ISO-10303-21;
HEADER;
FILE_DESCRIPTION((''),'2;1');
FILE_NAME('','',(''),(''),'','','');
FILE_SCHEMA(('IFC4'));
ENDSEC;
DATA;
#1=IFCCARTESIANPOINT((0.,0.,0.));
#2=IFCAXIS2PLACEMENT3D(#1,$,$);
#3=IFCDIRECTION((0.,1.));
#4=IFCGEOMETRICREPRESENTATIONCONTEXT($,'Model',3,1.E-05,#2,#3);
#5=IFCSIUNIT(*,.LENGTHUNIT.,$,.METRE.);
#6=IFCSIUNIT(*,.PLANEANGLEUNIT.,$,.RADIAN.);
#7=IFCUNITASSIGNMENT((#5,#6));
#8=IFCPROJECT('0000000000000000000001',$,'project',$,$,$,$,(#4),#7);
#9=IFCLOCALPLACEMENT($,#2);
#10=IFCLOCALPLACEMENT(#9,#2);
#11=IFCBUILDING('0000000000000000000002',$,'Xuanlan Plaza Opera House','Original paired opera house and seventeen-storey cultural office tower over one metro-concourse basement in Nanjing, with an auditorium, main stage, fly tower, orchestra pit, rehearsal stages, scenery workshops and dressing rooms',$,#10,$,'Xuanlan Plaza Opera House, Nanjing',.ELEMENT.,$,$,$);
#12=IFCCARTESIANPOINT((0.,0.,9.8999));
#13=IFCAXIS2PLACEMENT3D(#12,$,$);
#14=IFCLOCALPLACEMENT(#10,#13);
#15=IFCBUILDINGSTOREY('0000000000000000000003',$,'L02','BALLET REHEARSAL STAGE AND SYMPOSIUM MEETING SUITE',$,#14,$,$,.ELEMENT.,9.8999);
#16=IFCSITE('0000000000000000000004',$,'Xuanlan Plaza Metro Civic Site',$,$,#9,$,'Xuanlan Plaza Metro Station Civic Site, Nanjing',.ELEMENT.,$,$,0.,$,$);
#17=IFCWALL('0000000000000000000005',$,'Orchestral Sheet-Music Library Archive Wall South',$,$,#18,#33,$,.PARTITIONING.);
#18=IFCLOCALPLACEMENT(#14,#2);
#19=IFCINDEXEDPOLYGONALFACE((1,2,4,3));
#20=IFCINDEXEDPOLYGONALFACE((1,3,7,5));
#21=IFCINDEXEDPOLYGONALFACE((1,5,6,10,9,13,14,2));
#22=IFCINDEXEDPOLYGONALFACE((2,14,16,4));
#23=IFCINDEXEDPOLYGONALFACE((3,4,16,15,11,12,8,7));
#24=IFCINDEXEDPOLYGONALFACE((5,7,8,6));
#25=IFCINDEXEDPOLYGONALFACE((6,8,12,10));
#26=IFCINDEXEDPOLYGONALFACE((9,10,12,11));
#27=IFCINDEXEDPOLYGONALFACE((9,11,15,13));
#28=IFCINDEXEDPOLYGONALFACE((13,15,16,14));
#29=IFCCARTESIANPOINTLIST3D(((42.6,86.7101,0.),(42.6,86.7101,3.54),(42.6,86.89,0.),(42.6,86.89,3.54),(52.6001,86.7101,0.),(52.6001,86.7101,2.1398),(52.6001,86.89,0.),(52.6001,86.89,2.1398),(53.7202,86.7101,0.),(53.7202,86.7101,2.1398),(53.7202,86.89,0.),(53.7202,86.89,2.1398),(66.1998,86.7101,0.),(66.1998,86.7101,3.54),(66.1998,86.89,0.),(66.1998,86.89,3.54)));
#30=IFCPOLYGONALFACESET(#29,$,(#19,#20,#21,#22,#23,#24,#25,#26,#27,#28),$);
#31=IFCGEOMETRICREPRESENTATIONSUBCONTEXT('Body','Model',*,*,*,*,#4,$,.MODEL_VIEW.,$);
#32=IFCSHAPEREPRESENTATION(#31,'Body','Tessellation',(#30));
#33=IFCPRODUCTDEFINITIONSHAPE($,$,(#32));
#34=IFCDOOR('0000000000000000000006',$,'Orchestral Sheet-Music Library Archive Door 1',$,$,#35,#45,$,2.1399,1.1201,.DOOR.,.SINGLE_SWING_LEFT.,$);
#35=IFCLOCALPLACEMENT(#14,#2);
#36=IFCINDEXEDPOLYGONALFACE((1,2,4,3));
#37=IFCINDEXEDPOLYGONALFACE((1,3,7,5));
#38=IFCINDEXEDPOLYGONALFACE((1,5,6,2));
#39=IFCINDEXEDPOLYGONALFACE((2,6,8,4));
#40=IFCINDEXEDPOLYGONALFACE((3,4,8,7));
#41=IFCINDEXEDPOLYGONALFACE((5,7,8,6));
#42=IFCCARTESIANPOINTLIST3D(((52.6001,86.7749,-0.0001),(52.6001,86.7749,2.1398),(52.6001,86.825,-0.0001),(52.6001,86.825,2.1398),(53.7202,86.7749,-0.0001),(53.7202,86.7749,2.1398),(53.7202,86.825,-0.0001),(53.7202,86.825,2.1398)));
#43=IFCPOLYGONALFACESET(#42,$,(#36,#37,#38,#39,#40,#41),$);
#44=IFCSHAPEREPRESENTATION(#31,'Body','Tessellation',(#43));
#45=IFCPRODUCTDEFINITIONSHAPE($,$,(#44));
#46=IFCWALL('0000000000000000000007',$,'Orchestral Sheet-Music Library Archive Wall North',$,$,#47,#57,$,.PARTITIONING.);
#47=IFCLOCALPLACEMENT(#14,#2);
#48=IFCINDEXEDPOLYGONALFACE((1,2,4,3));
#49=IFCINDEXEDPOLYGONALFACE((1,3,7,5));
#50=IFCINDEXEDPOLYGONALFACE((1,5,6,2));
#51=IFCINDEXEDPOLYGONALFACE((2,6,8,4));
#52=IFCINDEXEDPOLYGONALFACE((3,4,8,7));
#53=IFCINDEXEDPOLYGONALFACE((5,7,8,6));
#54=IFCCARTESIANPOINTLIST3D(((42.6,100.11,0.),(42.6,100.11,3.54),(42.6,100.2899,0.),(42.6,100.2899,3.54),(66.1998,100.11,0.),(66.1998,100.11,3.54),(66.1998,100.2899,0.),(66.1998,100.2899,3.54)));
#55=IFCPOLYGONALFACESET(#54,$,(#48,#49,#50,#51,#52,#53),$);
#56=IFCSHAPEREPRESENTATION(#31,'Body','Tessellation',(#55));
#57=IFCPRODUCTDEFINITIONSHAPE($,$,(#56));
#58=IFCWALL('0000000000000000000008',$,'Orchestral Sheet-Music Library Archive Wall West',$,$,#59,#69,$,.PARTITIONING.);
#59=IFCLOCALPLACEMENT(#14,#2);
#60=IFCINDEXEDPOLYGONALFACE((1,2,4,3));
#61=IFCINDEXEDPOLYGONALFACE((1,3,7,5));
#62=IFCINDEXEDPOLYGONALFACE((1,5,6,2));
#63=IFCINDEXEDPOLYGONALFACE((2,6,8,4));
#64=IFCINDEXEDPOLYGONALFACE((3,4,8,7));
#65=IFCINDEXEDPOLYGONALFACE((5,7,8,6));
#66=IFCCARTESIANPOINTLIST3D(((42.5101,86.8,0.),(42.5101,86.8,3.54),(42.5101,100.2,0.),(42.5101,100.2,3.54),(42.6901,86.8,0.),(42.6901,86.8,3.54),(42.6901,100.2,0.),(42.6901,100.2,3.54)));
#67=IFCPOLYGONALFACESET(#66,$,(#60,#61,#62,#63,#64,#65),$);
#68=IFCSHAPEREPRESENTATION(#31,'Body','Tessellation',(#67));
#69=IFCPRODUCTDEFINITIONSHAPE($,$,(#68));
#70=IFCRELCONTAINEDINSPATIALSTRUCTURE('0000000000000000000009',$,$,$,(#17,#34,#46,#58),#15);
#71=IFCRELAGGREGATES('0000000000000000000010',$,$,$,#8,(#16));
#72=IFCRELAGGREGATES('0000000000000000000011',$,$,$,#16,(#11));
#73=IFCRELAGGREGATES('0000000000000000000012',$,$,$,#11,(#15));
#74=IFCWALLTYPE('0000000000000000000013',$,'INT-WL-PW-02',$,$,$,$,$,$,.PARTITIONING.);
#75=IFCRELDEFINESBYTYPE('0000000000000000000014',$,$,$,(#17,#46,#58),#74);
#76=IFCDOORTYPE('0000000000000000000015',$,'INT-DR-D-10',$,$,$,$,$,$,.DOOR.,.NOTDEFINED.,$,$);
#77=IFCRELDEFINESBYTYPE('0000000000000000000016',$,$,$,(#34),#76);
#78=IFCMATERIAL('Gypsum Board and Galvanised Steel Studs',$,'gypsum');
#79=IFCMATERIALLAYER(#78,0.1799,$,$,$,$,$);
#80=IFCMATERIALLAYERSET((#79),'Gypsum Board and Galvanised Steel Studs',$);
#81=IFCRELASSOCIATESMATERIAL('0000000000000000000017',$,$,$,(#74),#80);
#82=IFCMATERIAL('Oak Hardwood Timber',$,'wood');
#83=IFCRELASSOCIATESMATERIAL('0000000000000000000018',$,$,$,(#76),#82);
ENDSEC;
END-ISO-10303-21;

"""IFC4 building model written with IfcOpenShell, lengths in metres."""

from ifc_helpers import new_model, si_unit, direction, frame, frame_2d, origin, place, context, subcontext, project, spatial, rectangle, extrude, material, layer, layer_set, type_object, element, fill, save


model = new_model("IFC4")

# Units and contexts
model_context = context("Model", 3, precision=1e-05, world=origin(), true_north=direction((0.0, 1.0)))
body_context = subcontext(model_context, "Body", "Model", "MODEL_VIEW")
ifc_project = project(units=[si_unit("LENGTHUNIT", "METRE"), si_unit("PLANEANGLEUNIT", "RADIAN")], contexts=[model_context])

# Site, building, storey
site_placement = place(None, origin())
site = spatial("IfcSite", under=ifc_project, at=site_placement, Name="Xuanlan Plaza Metro Civic Site", LongName="Xuanlan Plaza Metro Station Civic Site, Nanjing", CompositionType="ELEMENT", RefElevation=0.0)
building_placement = place(site_placement, origin())
building = spatial("IfcBuilding", under=site, at=building_placement, Name="Xuanlan Plaza Opera House", Description="Original paired opera house and seventeen-storey cultural office tower over one metro-concourse basement in Nanjing, with an auditorium, main stage, fly tower, orchestra pit, rehearsal stages, scenery workshops and dressing rooms", LongName="Xuanlan Plaza Opera House, Nanjing", CompositionType="ELEMENT")
storey_placement = place(building_placement, frame((0.0, 0.0, 9.8999)))
storey = spatial("IfcBuildingStorey", under=building, at=storey_placement, Name="L02", Description="BALLET REHEARSAL STAGE AND SYMPOSIUM MEETING SUITE", CompositionType="ELEMENT", Elevation=9.8999)

# Shared definitions
ifc_material_1 = material(Name="Gypsum Board and Galvanised Steel Studs", Category="gypsum")
ifc_layer_1 = layer(ifc_material_1, 0.1799)
ifc_layer_set_1 = layer_set([ifc_layer_1], Name="Gypsum Board and Galvanised Steel Studs")
wall_type = type_object("IfcWallType", Name="INT-WL-PW-02", PredefinedType="PARTITIONING", material=ifc_layer_set_1)

# Wall, opening, door
wall_1_placement = place(storey_placement, frame((42.6001, 86.8, 0.0), z_axis=(0.0, 0.0, 1.0), x_axis=(1.0, 0.0, 0.0)))
wall_1 = element("IfcWall", 1, at=wall_1_placement, inside=storey, type_object=wall_type, Name="Orchestral Sheet-Music Library Archive Wall South", PredefinedType="PARTITIONING", context=body_context, shape_type="SweptSolid", body=[
    extrude(rectangle(XDim=23.5999, YDim=0.1799, at=frame_2d((11.7998, 0.0))), origin(), (0.0, 0.0, 1.0), 3.54),
])
opening_1_placement = place(wall_1_placement, frame((10.0, 0.0, 0.0)))
opening_1 = element("IfcOpeningElement", 2, at=opening_1_placement, cuts=wall_1, PredefinedType="OPENING", context=body_context, shape_type="SweptSolid", body=[
    extrude(rectangle(XDim=1.1201, YDim=2.1399, at=frame_2d((0.5601, 1.0698))), frame((0.0, 0.0999, 0.0), z_axis=(0.0, -1.0, 0.0), x_axis=(1.0, 0.0, 0.0)), (0.0, 0.0, 1.0), 0.2),
])
ifc_material_2 = material(Name="Oak Hardwood Timber", Category="wood")
door_type_1 = type_object("IfcDoorType", Name="INT-DR-D-10", OperationType="NOTDEFINED", PredefinedType="DOOR", material=ifc_material_2)
door_1_placement = place(opening_1_placement, origin())
door_1 = element("IfcDoor", 3, at=door_1_placement, inside=storey, type_object=door_type_1, Name="Orchestral Sheet-Music Library Archive Door 1", OperationType="SINGLE_SWING_LEFT", OverallHeight=2.1399, OverallWidth=1.1201, PredefinedType="DOOR", context=body_context, shape_type="SweptSolid", body=[
    extrude(rectangle(XDim=1.1201, YDim=2.1399, at=frame_2d((0.5601, 1.0698))), frame((0.0, 0.0249, 0.0), z_axis=(0.0, -1.0, 0.0), x_axis=(1.0, 0.0, 0.0)), (0.0, 0.0, 1.0), 0.05),
])
fill(opening_1, door_1)

# Walls
wall_2_placement = place(storey_placement, frame((42.6001, 100.2, 0.0), z_axis=(0.0, 0.0, 1.0), x_axis=(1.0, 0.0, 0.0)))
element("IfcWall", 4, at=wall_2_placement, inside=storey, type_object=wall_type, Name="Orchestral Sheet-Music Library Archive Wall North", PredefinedType="PARTITIONING", context=body_context, shape_type="SweptSolid", body=[
    extrude(rectangle(XDim=23.5999, YDim=0.1799, at=frame_2d((11.7998, 0.0))), origin(), (0.0, 0.0, 1.0), 3.54),
])
wall_3_placement = place(storey_placement, frame((42.6001, 86.8, 0.0), z_axis=(0.0, 0.0, 1.0), x_axis=(0.0, 1.0, 0.0)))
element("IfcWall", 5, at=wall_3_placement, inside=storey, type_object=wall_type, Name="Orchestral Sheet-Music Library Archive Wall West", PredefinedType="PARTITIONING", context=body_context, shape_type="SweptSolid", body=[
    extrude(rectangle(XDim=13.3999, YDim=0.1799, at=frame_2d((6.7, 0.0))), origin(), (0.0, 0.0, 1.0), 3.54),
])

save(model, "model.ifc")
